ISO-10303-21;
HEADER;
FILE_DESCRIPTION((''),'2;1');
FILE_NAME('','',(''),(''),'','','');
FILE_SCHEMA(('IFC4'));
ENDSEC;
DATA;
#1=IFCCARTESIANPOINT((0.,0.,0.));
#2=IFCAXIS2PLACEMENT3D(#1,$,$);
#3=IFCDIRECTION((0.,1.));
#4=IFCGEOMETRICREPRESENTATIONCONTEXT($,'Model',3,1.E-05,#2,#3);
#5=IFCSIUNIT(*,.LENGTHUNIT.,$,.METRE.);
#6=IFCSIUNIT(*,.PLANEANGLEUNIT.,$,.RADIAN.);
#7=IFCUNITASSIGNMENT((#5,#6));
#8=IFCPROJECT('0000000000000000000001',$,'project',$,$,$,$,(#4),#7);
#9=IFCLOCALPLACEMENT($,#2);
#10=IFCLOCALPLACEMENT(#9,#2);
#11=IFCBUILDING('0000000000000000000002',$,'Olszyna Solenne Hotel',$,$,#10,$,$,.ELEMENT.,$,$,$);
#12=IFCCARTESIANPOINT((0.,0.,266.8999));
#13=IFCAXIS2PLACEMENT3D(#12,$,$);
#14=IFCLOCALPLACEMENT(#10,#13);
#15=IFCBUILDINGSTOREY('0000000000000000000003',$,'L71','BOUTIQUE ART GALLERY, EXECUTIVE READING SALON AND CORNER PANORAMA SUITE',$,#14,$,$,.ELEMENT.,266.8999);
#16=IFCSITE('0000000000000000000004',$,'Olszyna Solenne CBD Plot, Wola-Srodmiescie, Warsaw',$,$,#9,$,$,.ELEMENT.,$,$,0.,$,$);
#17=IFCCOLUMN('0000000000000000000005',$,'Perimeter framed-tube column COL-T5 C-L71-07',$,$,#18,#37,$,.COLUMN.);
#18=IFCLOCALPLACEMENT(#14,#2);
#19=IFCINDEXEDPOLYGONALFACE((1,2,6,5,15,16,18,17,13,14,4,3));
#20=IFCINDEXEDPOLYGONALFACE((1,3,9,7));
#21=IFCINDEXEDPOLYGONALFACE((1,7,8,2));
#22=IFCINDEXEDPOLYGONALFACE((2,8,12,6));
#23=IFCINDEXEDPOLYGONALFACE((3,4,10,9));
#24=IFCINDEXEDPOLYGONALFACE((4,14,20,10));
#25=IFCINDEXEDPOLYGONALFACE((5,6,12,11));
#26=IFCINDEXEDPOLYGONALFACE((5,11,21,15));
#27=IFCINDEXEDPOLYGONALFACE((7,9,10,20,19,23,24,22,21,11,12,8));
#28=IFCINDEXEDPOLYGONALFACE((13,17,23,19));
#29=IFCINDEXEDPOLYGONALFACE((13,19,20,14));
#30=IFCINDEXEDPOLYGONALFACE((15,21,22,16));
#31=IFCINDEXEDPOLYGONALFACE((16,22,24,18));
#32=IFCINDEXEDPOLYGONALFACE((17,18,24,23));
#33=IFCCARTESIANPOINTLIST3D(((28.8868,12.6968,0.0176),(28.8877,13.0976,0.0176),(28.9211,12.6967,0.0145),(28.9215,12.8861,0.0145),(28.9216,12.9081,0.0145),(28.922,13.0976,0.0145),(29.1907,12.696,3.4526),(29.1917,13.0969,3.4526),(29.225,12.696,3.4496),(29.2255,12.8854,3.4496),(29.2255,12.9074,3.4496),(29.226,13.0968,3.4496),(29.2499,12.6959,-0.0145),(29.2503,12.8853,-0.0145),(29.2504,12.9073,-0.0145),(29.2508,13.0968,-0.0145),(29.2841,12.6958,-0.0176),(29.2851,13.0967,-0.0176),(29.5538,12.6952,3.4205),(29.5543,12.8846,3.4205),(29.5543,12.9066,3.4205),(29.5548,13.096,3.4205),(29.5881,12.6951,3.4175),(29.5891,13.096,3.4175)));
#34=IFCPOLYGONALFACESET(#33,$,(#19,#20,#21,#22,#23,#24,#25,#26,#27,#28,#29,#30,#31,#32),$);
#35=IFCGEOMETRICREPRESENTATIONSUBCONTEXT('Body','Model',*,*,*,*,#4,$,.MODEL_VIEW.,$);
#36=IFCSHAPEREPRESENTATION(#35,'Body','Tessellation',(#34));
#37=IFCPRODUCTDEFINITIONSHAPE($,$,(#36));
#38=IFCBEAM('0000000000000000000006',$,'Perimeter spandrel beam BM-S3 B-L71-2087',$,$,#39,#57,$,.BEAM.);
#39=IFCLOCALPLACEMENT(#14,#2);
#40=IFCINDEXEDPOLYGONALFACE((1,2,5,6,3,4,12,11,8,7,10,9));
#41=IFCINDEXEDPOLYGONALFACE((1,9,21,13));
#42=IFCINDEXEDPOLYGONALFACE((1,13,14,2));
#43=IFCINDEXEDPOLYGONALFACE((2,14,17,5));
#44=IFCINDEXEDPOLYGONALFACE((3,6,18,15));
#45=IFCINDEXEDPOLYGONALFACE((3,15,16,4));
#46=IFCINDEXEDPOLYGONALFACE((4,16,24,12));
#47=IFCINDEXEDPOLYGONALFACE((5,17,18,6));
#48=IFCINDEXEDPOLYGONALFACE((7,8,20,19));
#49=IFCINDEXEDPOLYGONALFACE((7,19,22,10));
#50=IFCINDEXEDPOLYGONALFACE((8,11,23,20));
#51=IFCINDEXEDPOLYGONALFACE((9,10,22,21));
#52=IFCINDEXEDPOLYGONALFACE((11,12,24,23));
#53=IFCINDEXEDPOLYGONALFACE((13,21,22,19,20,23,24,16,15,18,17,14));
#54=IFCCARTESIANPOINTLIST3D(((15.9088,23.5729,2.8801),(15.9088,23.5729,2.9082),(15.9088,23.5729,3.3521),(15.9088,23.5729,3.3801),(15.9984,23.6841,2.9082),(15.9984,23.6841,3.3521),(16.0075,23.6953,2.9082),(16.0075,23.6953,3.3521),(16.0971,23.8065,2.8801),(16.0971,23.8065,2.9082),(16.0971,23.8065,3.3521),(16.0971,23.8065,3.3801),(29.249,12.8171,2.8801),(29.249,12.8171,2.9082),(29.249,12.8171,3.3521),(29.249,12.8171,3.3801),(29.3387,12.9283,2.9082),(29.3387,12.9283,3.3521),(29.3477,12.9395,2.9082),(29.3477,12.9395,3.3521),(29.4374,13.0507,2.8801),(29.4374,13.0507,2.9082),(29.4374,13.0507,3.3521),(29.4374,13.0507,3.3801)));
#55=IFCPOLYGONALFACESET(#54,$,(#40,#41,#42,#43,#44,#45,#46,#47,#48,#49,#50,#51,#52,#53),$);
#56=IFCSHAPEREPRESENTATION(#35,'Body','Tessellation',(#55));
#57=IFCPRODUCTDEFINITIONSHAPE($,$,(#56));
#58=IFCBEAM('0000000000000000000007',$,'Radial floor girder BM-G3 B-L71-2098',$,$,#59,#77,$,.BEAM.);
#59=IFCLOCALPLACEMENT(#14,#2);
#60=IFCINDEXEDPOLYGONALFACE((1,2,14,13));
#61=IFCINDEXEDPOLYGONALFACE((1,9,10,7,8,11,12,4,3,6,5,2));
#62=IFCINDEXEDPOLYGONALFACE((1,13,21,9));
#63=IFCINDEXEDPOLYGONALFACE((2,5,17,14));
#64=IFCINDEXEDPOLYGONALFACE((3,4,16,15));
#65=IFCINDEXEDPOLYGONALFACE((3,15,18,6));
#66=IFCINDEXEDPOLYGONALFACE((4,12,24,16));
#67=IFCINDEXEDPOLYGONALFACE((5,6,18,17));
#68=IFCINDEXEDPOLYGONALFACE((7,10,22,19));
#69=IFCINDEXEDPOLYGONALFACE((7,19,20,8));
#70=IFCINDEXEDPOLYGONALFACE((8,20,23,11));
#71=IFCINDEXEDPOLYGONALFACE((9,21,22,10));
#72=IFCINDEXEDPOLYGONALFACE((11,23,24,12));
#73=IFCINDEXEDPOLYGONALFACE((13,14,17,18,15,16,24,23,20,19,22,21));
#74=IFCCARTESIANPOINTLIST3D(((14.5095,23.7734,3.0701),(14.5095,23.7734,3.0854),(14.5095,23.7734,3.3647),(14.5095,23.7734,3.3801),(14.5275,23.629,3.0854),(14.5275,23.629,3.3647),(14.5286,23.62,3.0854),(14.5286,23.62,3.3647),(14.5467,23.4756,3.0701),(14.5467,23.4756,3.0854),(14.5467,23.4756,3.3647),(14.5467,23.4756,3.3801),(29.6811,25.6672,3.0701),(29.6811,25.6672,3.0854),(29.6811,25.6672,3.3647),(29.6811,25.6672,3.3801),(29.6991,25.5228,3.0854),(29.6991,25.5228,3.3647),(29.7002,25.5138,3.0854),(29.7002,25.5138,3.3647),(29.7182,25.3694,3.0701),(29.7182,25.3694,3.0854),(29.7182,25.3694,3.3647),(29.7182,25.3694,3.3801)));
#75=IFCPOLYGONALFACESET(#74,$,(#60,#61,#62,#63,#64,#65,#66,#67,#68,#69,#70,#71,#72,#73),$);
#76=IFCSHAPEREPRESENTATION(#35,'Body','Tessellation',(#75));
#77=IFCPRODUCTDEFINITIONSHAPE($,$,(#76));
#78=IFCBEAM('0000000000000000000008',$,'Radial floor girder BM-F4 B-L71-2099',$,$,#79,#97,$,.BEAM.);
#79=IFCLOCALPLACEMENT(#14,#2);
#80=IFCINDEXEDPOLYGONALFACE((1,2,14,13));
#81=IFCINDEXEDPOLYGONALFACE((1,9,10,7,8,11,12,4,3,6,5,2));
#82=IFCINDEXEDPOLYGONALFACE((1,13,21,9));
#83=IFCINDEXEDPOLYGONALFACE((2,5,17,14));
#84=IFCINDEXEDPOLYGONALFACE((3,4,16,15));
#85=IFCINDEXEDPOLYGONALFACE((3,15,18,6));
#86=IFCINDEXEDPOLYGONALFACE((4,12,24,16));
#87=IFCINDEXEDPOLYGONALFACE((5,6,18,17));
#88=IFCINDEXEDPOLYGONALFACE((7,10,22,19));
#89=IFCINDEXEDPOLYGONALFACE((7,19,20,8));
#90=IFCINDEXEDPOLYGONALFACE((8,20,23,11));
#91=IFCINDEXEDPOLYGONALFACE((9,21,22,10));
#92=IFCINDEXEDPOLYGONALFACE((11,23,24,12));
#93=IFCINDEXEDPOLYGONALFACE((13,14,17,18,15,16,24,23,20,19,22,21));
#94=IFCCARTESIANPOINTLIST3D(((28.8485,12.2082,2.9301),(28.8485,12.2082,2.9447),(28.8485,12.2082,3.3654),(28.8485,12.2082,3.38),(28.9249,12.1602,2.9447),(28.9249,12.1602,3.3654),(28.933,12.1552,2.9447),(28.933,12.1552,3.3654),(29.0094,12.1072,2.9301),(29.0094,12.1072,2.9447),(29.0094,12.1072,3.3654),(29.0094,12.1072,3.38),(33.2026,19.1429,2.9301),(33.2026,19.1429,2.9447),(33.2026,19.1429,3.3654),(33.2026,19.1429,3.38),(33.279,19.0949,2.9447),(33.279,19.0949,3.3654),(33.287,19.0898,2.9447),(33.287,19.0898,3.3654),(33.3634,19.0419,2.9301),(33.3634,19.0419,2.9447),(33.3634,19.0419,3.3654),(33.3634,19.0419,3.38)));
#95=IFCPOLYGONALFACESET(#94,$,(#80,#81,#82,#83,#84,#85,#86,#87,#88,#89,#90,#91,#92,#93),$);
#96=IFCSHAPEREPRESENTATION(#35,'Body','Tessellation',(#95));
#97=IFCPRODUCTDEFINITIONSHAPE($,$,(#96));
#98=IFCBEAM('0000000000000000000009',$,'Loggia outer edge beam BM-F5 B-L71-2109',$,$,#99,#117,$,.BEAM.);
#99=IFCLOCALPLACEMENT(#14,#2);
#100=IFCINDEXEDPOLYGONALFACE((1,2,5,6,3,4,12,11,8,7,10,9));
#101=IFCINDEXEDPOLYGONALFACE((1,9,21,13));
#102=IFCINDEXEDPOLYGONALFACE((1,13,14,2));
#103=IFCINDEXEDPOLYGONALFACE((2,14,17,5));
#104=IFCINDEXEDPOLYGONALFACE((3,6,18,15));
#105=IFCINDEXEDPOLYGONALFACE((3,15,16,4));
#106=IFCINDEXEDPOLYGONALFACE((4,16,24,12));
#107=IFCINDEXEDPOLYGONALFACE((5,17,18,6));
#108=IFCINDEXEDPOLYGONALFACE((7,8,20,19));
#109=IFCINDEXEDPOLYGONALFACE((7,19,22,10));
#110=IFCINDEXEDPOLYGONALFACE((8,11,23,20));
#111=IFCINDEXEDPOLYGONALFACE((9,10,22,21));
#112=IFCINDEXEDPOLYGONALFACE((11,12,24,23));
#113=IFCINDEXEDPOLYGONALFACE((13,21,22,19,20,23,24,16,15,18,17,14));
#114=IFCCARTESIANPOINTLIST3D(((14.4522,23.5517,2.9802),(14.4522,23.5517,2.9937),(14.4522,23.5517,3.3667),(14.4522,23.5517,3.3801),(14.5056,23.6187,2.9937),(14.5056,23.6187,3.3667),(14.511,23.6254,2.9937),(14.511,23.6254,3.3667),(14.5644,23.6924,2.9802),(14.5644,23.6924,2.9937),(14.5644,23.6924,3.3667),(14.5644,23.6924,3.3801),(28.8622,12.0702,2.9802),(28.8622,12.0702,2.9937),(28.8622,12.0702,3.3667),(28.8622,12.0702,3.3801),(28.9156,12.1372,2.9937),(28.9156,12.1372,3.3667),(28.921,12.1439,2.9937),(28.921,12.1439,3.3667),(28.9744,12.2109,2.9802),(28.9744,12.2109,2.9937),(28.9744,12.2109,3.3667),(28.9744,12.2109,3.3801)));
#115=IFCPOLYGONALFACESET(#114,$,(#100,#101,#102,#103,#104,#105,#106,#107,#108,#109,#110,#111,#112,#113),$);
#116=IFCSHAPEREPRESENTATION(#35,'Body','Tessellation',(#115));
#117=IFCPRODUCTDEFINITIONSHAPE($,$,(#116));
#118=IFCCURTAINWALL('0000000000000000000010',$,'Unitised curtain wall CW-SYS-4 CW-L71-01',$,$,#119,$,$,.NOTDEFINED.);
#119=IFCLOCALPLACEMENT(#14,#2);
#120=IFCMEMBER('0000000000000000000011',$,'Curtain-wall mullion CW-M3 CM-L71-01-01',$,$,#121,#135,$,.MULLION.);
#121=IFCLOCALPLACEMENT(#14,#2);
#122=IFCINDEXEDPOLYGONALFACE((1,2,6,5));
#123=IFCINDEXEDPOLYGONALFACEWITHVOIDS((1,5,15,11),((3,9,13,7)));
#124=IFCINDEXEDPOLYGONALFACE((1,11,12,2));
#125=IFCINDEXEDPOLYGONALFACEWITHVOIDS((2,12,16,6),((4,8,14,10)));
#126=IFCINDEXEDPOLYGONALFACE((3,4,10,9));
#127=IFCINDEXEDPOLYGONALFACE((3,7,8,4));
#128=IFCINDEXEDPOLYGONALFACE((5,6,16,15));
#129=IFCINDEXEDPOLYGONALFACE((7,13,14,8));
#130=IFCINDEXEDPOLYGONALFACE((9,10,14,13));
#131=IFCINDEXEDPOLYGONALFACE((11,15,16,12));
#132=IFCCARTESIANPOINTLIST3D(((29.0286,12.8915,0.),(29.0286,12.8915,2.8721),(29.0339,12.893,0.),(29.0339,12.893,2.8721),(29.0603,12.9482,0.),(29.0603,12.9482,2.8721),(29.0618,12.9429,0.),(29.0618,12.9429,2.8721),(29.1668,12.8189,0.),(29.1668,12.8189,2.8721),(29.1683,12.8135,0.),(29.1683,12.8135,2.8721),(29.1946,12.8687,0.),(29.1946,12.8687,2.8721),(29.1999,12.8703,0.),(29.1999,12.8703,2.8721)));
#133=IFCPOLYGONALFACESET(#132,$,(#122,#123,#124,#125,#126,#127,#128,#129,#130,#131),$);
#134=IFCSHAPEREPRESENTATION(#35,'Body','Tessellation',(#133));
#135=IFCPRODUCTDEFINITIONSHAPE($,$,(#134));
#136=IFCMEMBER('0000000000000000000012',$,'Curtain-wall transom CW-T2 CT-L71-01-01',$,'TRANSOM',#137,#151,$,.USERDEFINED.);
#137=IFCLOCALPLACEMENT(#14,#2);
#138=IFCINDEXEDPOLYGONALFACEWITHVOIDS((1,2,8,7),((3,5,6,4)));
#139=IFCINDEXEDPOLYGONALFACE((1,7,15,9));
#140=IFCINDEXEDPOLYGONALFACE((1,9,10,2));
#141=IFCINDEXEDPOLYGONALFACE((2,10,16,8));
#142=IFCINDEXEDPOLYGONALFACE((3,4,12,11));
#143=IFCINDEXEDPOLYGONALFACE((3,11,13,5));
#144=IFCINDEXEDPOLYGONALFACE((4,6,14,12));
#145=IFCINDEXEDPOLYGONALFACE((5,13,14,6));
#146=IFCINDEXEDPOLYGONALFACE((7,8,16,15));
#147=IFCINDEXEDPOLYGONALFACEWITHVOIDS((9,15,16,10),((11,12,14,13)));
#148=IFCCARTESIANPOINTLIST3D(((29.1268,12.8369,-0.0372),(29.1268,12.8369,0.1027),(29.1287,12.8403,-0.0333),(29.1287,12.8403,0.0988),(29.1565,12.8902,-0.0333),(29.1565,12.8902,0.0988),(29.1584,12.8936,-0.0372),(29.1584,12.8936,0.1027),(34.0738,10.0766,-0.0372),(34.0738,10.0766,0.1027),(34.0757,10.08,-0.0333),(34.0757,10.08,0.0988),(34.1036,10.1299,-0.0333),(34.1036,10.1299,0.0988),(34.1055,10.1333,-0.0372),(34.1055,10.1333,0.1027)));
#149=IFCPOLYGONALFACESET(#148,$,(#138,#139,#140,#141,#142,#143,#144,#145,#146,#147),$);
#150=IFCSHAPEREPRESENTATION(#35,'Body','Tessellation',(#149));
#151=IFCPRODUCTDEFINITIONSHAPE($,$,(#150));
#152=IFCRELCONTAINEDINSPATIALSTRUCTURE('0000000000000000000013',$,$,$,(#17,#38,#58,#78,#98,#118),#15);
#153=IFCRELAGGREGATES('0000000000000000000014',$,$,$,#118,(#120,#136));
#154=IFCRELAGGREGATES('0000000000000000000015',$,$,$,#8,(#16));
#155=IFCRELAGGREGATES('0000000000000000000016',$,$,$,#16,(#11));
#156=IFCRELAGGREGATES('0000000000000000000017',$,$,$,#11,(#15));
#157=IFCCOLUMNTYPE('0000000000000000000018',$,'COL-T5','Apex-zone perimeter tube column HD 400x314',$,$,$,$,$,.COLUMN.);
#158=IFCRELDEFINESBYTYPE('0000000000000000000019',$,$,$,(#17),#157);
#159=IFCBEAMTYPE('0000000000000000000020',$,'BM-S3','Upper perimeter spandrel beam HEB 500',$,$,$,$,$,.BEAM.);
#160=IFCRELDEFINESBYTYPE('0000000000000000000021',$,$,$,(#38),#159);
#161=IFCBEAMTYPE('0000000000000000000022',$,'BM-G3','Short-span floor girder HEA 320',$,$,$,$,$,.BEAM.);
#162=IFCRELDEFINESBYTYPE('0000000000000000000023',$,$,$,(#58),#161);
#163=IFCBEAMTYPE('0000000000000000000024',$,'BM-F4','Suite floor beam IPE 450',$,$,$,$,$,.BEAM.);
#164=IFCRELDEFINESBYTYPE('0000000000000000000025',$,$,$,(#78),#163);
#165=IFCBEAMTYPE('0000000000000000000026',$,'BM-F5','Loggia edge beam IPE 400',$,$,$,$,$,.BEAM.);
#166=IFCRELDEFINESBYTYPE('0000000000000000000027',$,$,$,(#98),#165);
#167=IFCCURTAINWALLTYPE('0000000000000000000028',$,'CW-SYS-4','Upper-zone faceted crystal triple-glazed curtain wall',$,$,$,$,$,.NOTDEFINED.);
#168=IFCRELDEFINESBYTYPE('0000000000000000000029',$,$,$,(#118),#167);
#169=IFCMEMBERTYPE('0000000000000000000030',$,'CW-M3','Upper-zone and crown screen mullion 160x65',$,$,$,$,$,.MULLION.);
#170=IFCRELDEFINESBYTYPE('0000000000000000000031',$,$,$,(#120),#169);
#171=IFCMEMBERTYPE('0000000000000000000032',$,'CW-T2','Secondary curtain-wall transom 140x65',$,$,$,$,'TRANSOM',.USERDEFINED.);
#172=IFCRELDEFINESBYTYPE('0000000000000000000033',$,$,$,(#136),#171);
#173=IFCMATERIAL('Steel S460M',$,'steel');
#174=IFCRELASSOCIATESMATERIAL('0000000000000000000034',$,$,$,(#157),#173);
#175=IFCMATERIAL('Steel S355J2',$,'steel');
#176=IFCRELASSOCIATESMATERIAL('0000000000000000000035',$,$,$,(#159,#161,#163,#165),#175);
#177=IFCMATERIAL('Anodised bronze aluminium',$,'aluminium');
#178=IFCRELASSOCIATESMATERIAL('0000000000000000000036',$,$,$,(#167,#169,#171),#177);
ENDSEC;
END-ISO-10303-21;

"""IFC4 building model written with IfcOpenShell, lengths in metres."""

from ifc_helpers import new_model, si_unit, direction, frame, origin, origin_2d, place, context, subcontext, project, spatial, hollow_rectangle, i_section, extrude, source, transform, mapped, material, material_profile, profile_set, type_object, element, aggregate, save


model = new_model("IFC4")

# Units and contexts
model_context = context("Model", 3, precision=1e-05, world=origin(), true_north=direction((0.0, 1.0)))
body_context = subcontext(model_context, "Body", "Model", "MODEL_VIEW")
ifc_project = project(units=[si_unit("LENGTHUNIT", "METRE"), si_unit("PLANEANGLEUNIT", "RADIAN")], contexts=[model_context])

# Site, building, storey
site_placement = place(None, origin())
site = spatial("IfcSite", under=ifc_project, at=site_placement, Name="Olszyna Solenne CBD Plot, Wola-Srodmiescie, Warsaw", CompositionType="ELEMENT", RefElevation=0.0)
building_placement = place(site_placement, origin())
building = spatial("IfcBuilding", under=site, at=building_placement, Name="Olszyna Solenne Hotel", CompositionType="ELEMENT")
storey_placement = place(building_placement, frame((0.0, 0.0, 266.8999)))
storey = spatial("IfcBuildingStorey", under=building, at=storey_placement, Name="L71", Description="BOUTIQUE ART GALLERY, EXECUTIVE READING SALON AND CORNER PANORAMA SUITE", CompositionType="ELEMENT", Elevation=266.8999)

# Column
ifc_material_1 = material(Name="Steel S460M", Category="steel")
ifc_material_profile_1 = material_profile(ifc_material_1, i_section(OverallWidth=0.4009, OverallDepth=0.3989, WebThickness=0.022, FlangeThickness=0.0344, at=origin_2d()), Name="HD 400x314", Category="load-bearing")
ifc_profile_set_1 = profile_set([ifc_material_profile_1], Name="Steel S460M")
column_type = type_object("IfcColumnType", Name="COL-T5", Description="Apex-zone perimeter tube column HD 400x314", PredefinedType="COLUMN", material=ifc_profile_set_1)
shared_shape_1 = source(origin(), body_context, "Body", "SweptSolid", [
    extrude(i_section(OverallWidth=0.4009, OverallDepth=0.3989, WebThickness=0.022, FlangeThickness=0.0344, at=origin_2d()), origin(), (0.0, 0.0, 1.0), 3.4485),
])
column_placement = place(storey_placement, frame((29.0859, 12.8967, 0.0), z_axis=(0.088142, -0.000212, 0.996108), x_axis=(0.00241, 0.999997, 0.0)))
element("IfcColumn", 1, at=column_placement, inside=storey, type_object=column_type, Name="Perimeter framed-tube column COL-T5 C-L71-07", PredefinedType="COLUMN", context=body_context, shape_type="MappedRepresentation", body=[
    mapped(shared_shape_1, transform((0.0, 0.0, 0.0), x_axis=(1.0, 0.0, 0.0), y_axis=(0.0, 1.0, 0.0), z_axis=(0.0, 0.0, 1.0), scale=1.0)),
])

# Beams
ifc_material_2 = material(Name="Steel S355J2", Category="steel")
ifc_material_profile_2 = material_profile(ifc_material_2, i_section(OverallWidth=0.3, OverallDepth=0.5, WebThickness=0.0144, FlangeThickness=0.0281, at=origin_2d()), Name="HEB 500", Category="load-bearing")
ifc_profile_set_2 = profile_set([ifc_material_profile_2], Name="Steel S355J2")
beam_type_1 = type_object("IfcBeamType", Name="BM-S3", Description="Upper perimeter spandrel beam HEB 500", PredefinedType="BEAM", material=ifc_profile_set_2)
shared_shape_2 = source(origin(), body_context, "Body", "SweptSolid", [
    extrude(i_section(OverallWidth=0.3, OverallDepth=0.5, WebThickness=0.0144, FlangeThickness=0.0281, at=origin_2d()), origin(), (0.0, 0.0, 1.0), 17.1362),
])
beam_1_placement = place(storey_placement, frame((16.0029, 23.6897, 3.1301), z_axis=(0.778484, -0.627665, 0.0), x_axis=(0.627665, 0.778484, 0.0)))
element("IfcBeam", 2, at=beam_1_placement, inside=storey, type_object=beam_type_1, Name="Perimeter spandrel beam BM-S3 B-L71-2087", PredefinedType="BEAM", context=body_context, shape_type="MappedRepresentation", body=[
    mapped(shared_shape_2, transform((0.0, 0.0, 0.0), x_axis=(1.0, 0.0, 0.0), y_axis=(0.0, 1.0, 0.0), z_axis=(0.0, 0.0, 1.0), scale=1.0)),
])
ifc_material_profile_3 = material_profile(ifc_material_2, i_section(OverallWidth=0.3, OverallDepth=0.3101, WebThickness=0.009, FlangeThickness=0.0154, at=origin_2d()), Name="HEA 320", Category="load-bearing")
ifc_profile_set_3 = profile_set([ifc_material_profile_3], Name="Steel S355J2")
beam_type_2 = type_object("IfcBeamType", Name="BM-G3", Description="Short-span floor girder HEA 320", PredefinedType="BEAM", material=ifc_profile_set_3)
shared_shape_3 = source(origin(), body_context, "Body", "SweptSolid", [
    extrude(i_section(OverallWidth=0.3, OverallDepth=0.3101, WebThickness=0.009, FlangeThickness=0.0154, at=origin_2d()), origin(), (0.0, 0.0, 1.0), 15.2893),
])
beam_2_placement = place(storey_placement, frame((14.5281, 23.6245, 3.2251), z_axis=(0.992299, 0.123864, 0.0), x_axis=(-0.123864, 0.992299, 0.0)))
element("IfcBeam", 3, at=beam_2_placement, inside=storey, type_object=beam_type_2, Name="Radial floor girder BM-G3 B-L71-2098", PredefinedType="BEAM", context=body_context, shape_type="MappedRepresentation", body=[
    mapped(shared_shape_3, transform((0.0, 0.0, 0.0), x_axis=(1.0, 0.0, 0.0), y_axis=(0.0, 1.0, 0.0), z_axis=(0.0, 0.0, 1.0), scale=1.0)),
])
ifc_material_profile_4 = material_profile(ifc_material_2, i_section(OverallWidth=0.1899, OverallDepth=0.45, WebThickness=0.0095, FlangeThickness=0.0146, at=origin_2d()), Name="IPE 450", Category="load-bearing")
ifc_profile_set_4 = profile_set([ifc_material_profile_4], Name="Steel S355J2")
beam_type_3 = type_object("IfcBeamType", Name="BM-F4", Description="Suite floor beam IPE 450", PredefinedType="BEAM", material=ifc_profile_set_4)
shared_shape_4 = source(origin(), body_context, "Body", "SweptSolid", [
    extrude(i_section(OverallWidth=0.1899, OverallDepth=0.45, WebThickness=0.0095, FlangeThickness=0.0146, at=origin_2d()), origin(), (0.0, 0.0, 1.0), 8.1882),
])
beam_3_placement = place(storey_placement, frame((28.929, 12.1577, 3.155), z_axis=(0.531745, 0.846904, 0.0), x_axis=(-0.846904, 0.531745, 0.0)))
element("IfcBeam", 4, at=beam_3_placement, inside=storey, type_object=beam_type_3, Name="Radial floor girder BM-F4 B-L71-2099", PredefinedType="BEAM", context=body_context, shape_type="MappedRepresentation", body=[
    mapped(shared_shape_4, transform((0.0, 0.0, 0.0), x_axis=(1.0, 0.0, 0.0), y_axis=(0.0, 1.0, 0.0), z_axis=(0.0, 0.0, 1.0), scale=1.0)),
])
ifc_material_profile_5 = material_profile(ifc_material_2, i_section(OverallWidth=0.1799, OverallDepth=0.3999, WebThickness=0.0085, FlangeThickness=0.0134, at=origin_2d()), Name="IPE 400", Category="load-bearing")
ifc_profile_set_5 = profile_set([ifc_material_profile_5], Name="Steel S355J2")
beam_type_4 = type_object("IfcBeamType", Name="BM-F5", Description="Loggia edge beam IPE 400", PredefinedType="BEAM", material=ifc_profile_set_5)
shared_shape_5 = source(origin(), body_context, "Body", "SweptSolid", [
    extrude(i_section(OverallWidth=0.1799, OverallDepth=0.3999, WebThickness=0.0085, FlangeThickness=0.0134, at=origin_2d()), origin(), (0.0, 0.0, 1.0), 18.4248),
])
beam_4_placement = place(storey_placement, frame((14.5083, 23.6221, 3.1802), z_axis=(0.782098, -0.623155, 0.0), x_axis=(0.623155, 0.782098, 0.0)))
element("IfcBeam", 5, at=beam_4_placement, inside=storey, type_object=beam_type_4, Name="Loggia outer edge beam BM-F5 B-L71-2109", PredefinedType="BEAM", context=body_context, shape_type="MappedRepresentation", body=[
    mapped(shared_shape_5, transform((0.0, 0.0, 0.0), x_axis=(1.0, 0.0, 0.0), y_axis=(0.0, 1.0, 0.0), z_axis=(0.0, 0.0, 1.0), scale=1.0)),
])

# Curtain wall, members
ifc_material_3 = material(Name="Anodised bronze aluminium", Category="aluminium")
curtain_wall_type = type_object("IfcCurtainWallType", Name="CW-SYS-4", Description="Upper-zone faceted crystal triple-glazed curtain wall", PredefinedType="NOTDEFINED", material=ifc_material_3)
curtain_wall_placement = place(storey_placement, origin())
curtain_wall = element("IfcCurtainWall", 6, at=curtain_wall_placement, inside=storey, type_object=curtain_wall_type, Name="Unitised curtain wall CW-SYS-4 CW-L71-01", PredefinedType="NOTDEFINED")
ifc_material_profile_6 = material_profile(ifc_material_3, hollow_rectangle(XDim=0.0649, YDim=0.1599, WallThickness=0.0039, at=origin_2d()), Name="MULL 160x65x4", Category="load-bearing")
ifc_profile_set_6 = profile_set([ifc_material_profile_6], Name="Anodised bronze aluminium")
member_type_1 = type_object("IfcMemberType", Name="CW-M3", Description="Upper-zone and crown screen mullion 160x65", PredefinedType="MULLION", material=ifc_profile_set_6)
shared_shape_6 = source(origin(), body_context, "Body", "SweptSolid", [
    extrude(hollow_rectangle(XDim=0.0649, YDim=0.1599, WallThickness=0.0039, at=origin_2d()), origin(), (0.0, 0.0, 1.0), 2.8721),
])
member_1_placement = place(storey_placement, frame((29.1143, 12.8809, 0.0), z_axis=(0.0, 0.0, 1.0), x_axis=(0.487246, 0.873265, 0.0)))
member_1 = element("IfcMember", 7, at=member_1_placement, type_object=member_type_1, Name="Curtain-wall mullion CW-M3 CM-L71-01-01", PredefinedType="MULLION", context=body_context, shape_type="MappedRepresentation", body=[
    mapped(shared_shape_6, transform((0.0, 0.0, 0.0), x_axis=(1.0, 0.0, 0.0), y_axis=(0.0, 1.0, 0.0), z_axis=(0.0, 0.0, 1.0), scale=1.0)),
])
ifc_material_profile_7 = material_profile(ifc_material_3, hollow_rectangle(XDim=0.0649, YDim=0.1399, WallThickness=0.0039, at=origin_2d()), Name="TRAN 140x65x4", Category="load-bearing")
ifc_profile_set_7 = profile_set([ifc_material_profile_7], Name="Anodised bronze aluminium")
member_type_2 = type_object("IfcMemberType", Name="CW-T2", Description="Secondary curtain-wall transom 140x65", ElementType="TRANSOM", PredefinedType="USERDEFINED", material=ifc_profile_set_7)
shared_shape_7 = source(origin(), body_context, "Body", "SweptSolid", [
    extrude(hollow_rectangle(XDim=0.0649, YDim=0.1399, WallThickness=0.0039, at=origin_2d()), origin(), (0.0, 0.0, 1.0), 5.665),
])
member_2_placement = place(storey_placement, frame((29.1426, 12.8652, 0.0327), z_axis=(0.873263, -0.487248, 0.0), x_axis=(0.487248, 0.873263, 0.0)))
member_2 = element("IfcMember", 8, at=member_2_placement, type_object=member_type_2, Name="Curtain-wall transom CW-T2 CT-L71-01-01", ObjectType="TRANSOM", PredefinedType="USERDEFINED", context=body_context, shape_type="MappedRepresentation", body=[
    mapped(shared_shape_7, transform((0.0, 0.0, 0.0), x_axis=(1.0, 0.0, 0.0), y_axis=(0.0, 1.0, 0.0), z_axis=(0.0, 0.0, 1.0), scale=1.0)),
])
aggregate(curtain_wall, [member_1, member_2])

save(model, "model.ifc")
